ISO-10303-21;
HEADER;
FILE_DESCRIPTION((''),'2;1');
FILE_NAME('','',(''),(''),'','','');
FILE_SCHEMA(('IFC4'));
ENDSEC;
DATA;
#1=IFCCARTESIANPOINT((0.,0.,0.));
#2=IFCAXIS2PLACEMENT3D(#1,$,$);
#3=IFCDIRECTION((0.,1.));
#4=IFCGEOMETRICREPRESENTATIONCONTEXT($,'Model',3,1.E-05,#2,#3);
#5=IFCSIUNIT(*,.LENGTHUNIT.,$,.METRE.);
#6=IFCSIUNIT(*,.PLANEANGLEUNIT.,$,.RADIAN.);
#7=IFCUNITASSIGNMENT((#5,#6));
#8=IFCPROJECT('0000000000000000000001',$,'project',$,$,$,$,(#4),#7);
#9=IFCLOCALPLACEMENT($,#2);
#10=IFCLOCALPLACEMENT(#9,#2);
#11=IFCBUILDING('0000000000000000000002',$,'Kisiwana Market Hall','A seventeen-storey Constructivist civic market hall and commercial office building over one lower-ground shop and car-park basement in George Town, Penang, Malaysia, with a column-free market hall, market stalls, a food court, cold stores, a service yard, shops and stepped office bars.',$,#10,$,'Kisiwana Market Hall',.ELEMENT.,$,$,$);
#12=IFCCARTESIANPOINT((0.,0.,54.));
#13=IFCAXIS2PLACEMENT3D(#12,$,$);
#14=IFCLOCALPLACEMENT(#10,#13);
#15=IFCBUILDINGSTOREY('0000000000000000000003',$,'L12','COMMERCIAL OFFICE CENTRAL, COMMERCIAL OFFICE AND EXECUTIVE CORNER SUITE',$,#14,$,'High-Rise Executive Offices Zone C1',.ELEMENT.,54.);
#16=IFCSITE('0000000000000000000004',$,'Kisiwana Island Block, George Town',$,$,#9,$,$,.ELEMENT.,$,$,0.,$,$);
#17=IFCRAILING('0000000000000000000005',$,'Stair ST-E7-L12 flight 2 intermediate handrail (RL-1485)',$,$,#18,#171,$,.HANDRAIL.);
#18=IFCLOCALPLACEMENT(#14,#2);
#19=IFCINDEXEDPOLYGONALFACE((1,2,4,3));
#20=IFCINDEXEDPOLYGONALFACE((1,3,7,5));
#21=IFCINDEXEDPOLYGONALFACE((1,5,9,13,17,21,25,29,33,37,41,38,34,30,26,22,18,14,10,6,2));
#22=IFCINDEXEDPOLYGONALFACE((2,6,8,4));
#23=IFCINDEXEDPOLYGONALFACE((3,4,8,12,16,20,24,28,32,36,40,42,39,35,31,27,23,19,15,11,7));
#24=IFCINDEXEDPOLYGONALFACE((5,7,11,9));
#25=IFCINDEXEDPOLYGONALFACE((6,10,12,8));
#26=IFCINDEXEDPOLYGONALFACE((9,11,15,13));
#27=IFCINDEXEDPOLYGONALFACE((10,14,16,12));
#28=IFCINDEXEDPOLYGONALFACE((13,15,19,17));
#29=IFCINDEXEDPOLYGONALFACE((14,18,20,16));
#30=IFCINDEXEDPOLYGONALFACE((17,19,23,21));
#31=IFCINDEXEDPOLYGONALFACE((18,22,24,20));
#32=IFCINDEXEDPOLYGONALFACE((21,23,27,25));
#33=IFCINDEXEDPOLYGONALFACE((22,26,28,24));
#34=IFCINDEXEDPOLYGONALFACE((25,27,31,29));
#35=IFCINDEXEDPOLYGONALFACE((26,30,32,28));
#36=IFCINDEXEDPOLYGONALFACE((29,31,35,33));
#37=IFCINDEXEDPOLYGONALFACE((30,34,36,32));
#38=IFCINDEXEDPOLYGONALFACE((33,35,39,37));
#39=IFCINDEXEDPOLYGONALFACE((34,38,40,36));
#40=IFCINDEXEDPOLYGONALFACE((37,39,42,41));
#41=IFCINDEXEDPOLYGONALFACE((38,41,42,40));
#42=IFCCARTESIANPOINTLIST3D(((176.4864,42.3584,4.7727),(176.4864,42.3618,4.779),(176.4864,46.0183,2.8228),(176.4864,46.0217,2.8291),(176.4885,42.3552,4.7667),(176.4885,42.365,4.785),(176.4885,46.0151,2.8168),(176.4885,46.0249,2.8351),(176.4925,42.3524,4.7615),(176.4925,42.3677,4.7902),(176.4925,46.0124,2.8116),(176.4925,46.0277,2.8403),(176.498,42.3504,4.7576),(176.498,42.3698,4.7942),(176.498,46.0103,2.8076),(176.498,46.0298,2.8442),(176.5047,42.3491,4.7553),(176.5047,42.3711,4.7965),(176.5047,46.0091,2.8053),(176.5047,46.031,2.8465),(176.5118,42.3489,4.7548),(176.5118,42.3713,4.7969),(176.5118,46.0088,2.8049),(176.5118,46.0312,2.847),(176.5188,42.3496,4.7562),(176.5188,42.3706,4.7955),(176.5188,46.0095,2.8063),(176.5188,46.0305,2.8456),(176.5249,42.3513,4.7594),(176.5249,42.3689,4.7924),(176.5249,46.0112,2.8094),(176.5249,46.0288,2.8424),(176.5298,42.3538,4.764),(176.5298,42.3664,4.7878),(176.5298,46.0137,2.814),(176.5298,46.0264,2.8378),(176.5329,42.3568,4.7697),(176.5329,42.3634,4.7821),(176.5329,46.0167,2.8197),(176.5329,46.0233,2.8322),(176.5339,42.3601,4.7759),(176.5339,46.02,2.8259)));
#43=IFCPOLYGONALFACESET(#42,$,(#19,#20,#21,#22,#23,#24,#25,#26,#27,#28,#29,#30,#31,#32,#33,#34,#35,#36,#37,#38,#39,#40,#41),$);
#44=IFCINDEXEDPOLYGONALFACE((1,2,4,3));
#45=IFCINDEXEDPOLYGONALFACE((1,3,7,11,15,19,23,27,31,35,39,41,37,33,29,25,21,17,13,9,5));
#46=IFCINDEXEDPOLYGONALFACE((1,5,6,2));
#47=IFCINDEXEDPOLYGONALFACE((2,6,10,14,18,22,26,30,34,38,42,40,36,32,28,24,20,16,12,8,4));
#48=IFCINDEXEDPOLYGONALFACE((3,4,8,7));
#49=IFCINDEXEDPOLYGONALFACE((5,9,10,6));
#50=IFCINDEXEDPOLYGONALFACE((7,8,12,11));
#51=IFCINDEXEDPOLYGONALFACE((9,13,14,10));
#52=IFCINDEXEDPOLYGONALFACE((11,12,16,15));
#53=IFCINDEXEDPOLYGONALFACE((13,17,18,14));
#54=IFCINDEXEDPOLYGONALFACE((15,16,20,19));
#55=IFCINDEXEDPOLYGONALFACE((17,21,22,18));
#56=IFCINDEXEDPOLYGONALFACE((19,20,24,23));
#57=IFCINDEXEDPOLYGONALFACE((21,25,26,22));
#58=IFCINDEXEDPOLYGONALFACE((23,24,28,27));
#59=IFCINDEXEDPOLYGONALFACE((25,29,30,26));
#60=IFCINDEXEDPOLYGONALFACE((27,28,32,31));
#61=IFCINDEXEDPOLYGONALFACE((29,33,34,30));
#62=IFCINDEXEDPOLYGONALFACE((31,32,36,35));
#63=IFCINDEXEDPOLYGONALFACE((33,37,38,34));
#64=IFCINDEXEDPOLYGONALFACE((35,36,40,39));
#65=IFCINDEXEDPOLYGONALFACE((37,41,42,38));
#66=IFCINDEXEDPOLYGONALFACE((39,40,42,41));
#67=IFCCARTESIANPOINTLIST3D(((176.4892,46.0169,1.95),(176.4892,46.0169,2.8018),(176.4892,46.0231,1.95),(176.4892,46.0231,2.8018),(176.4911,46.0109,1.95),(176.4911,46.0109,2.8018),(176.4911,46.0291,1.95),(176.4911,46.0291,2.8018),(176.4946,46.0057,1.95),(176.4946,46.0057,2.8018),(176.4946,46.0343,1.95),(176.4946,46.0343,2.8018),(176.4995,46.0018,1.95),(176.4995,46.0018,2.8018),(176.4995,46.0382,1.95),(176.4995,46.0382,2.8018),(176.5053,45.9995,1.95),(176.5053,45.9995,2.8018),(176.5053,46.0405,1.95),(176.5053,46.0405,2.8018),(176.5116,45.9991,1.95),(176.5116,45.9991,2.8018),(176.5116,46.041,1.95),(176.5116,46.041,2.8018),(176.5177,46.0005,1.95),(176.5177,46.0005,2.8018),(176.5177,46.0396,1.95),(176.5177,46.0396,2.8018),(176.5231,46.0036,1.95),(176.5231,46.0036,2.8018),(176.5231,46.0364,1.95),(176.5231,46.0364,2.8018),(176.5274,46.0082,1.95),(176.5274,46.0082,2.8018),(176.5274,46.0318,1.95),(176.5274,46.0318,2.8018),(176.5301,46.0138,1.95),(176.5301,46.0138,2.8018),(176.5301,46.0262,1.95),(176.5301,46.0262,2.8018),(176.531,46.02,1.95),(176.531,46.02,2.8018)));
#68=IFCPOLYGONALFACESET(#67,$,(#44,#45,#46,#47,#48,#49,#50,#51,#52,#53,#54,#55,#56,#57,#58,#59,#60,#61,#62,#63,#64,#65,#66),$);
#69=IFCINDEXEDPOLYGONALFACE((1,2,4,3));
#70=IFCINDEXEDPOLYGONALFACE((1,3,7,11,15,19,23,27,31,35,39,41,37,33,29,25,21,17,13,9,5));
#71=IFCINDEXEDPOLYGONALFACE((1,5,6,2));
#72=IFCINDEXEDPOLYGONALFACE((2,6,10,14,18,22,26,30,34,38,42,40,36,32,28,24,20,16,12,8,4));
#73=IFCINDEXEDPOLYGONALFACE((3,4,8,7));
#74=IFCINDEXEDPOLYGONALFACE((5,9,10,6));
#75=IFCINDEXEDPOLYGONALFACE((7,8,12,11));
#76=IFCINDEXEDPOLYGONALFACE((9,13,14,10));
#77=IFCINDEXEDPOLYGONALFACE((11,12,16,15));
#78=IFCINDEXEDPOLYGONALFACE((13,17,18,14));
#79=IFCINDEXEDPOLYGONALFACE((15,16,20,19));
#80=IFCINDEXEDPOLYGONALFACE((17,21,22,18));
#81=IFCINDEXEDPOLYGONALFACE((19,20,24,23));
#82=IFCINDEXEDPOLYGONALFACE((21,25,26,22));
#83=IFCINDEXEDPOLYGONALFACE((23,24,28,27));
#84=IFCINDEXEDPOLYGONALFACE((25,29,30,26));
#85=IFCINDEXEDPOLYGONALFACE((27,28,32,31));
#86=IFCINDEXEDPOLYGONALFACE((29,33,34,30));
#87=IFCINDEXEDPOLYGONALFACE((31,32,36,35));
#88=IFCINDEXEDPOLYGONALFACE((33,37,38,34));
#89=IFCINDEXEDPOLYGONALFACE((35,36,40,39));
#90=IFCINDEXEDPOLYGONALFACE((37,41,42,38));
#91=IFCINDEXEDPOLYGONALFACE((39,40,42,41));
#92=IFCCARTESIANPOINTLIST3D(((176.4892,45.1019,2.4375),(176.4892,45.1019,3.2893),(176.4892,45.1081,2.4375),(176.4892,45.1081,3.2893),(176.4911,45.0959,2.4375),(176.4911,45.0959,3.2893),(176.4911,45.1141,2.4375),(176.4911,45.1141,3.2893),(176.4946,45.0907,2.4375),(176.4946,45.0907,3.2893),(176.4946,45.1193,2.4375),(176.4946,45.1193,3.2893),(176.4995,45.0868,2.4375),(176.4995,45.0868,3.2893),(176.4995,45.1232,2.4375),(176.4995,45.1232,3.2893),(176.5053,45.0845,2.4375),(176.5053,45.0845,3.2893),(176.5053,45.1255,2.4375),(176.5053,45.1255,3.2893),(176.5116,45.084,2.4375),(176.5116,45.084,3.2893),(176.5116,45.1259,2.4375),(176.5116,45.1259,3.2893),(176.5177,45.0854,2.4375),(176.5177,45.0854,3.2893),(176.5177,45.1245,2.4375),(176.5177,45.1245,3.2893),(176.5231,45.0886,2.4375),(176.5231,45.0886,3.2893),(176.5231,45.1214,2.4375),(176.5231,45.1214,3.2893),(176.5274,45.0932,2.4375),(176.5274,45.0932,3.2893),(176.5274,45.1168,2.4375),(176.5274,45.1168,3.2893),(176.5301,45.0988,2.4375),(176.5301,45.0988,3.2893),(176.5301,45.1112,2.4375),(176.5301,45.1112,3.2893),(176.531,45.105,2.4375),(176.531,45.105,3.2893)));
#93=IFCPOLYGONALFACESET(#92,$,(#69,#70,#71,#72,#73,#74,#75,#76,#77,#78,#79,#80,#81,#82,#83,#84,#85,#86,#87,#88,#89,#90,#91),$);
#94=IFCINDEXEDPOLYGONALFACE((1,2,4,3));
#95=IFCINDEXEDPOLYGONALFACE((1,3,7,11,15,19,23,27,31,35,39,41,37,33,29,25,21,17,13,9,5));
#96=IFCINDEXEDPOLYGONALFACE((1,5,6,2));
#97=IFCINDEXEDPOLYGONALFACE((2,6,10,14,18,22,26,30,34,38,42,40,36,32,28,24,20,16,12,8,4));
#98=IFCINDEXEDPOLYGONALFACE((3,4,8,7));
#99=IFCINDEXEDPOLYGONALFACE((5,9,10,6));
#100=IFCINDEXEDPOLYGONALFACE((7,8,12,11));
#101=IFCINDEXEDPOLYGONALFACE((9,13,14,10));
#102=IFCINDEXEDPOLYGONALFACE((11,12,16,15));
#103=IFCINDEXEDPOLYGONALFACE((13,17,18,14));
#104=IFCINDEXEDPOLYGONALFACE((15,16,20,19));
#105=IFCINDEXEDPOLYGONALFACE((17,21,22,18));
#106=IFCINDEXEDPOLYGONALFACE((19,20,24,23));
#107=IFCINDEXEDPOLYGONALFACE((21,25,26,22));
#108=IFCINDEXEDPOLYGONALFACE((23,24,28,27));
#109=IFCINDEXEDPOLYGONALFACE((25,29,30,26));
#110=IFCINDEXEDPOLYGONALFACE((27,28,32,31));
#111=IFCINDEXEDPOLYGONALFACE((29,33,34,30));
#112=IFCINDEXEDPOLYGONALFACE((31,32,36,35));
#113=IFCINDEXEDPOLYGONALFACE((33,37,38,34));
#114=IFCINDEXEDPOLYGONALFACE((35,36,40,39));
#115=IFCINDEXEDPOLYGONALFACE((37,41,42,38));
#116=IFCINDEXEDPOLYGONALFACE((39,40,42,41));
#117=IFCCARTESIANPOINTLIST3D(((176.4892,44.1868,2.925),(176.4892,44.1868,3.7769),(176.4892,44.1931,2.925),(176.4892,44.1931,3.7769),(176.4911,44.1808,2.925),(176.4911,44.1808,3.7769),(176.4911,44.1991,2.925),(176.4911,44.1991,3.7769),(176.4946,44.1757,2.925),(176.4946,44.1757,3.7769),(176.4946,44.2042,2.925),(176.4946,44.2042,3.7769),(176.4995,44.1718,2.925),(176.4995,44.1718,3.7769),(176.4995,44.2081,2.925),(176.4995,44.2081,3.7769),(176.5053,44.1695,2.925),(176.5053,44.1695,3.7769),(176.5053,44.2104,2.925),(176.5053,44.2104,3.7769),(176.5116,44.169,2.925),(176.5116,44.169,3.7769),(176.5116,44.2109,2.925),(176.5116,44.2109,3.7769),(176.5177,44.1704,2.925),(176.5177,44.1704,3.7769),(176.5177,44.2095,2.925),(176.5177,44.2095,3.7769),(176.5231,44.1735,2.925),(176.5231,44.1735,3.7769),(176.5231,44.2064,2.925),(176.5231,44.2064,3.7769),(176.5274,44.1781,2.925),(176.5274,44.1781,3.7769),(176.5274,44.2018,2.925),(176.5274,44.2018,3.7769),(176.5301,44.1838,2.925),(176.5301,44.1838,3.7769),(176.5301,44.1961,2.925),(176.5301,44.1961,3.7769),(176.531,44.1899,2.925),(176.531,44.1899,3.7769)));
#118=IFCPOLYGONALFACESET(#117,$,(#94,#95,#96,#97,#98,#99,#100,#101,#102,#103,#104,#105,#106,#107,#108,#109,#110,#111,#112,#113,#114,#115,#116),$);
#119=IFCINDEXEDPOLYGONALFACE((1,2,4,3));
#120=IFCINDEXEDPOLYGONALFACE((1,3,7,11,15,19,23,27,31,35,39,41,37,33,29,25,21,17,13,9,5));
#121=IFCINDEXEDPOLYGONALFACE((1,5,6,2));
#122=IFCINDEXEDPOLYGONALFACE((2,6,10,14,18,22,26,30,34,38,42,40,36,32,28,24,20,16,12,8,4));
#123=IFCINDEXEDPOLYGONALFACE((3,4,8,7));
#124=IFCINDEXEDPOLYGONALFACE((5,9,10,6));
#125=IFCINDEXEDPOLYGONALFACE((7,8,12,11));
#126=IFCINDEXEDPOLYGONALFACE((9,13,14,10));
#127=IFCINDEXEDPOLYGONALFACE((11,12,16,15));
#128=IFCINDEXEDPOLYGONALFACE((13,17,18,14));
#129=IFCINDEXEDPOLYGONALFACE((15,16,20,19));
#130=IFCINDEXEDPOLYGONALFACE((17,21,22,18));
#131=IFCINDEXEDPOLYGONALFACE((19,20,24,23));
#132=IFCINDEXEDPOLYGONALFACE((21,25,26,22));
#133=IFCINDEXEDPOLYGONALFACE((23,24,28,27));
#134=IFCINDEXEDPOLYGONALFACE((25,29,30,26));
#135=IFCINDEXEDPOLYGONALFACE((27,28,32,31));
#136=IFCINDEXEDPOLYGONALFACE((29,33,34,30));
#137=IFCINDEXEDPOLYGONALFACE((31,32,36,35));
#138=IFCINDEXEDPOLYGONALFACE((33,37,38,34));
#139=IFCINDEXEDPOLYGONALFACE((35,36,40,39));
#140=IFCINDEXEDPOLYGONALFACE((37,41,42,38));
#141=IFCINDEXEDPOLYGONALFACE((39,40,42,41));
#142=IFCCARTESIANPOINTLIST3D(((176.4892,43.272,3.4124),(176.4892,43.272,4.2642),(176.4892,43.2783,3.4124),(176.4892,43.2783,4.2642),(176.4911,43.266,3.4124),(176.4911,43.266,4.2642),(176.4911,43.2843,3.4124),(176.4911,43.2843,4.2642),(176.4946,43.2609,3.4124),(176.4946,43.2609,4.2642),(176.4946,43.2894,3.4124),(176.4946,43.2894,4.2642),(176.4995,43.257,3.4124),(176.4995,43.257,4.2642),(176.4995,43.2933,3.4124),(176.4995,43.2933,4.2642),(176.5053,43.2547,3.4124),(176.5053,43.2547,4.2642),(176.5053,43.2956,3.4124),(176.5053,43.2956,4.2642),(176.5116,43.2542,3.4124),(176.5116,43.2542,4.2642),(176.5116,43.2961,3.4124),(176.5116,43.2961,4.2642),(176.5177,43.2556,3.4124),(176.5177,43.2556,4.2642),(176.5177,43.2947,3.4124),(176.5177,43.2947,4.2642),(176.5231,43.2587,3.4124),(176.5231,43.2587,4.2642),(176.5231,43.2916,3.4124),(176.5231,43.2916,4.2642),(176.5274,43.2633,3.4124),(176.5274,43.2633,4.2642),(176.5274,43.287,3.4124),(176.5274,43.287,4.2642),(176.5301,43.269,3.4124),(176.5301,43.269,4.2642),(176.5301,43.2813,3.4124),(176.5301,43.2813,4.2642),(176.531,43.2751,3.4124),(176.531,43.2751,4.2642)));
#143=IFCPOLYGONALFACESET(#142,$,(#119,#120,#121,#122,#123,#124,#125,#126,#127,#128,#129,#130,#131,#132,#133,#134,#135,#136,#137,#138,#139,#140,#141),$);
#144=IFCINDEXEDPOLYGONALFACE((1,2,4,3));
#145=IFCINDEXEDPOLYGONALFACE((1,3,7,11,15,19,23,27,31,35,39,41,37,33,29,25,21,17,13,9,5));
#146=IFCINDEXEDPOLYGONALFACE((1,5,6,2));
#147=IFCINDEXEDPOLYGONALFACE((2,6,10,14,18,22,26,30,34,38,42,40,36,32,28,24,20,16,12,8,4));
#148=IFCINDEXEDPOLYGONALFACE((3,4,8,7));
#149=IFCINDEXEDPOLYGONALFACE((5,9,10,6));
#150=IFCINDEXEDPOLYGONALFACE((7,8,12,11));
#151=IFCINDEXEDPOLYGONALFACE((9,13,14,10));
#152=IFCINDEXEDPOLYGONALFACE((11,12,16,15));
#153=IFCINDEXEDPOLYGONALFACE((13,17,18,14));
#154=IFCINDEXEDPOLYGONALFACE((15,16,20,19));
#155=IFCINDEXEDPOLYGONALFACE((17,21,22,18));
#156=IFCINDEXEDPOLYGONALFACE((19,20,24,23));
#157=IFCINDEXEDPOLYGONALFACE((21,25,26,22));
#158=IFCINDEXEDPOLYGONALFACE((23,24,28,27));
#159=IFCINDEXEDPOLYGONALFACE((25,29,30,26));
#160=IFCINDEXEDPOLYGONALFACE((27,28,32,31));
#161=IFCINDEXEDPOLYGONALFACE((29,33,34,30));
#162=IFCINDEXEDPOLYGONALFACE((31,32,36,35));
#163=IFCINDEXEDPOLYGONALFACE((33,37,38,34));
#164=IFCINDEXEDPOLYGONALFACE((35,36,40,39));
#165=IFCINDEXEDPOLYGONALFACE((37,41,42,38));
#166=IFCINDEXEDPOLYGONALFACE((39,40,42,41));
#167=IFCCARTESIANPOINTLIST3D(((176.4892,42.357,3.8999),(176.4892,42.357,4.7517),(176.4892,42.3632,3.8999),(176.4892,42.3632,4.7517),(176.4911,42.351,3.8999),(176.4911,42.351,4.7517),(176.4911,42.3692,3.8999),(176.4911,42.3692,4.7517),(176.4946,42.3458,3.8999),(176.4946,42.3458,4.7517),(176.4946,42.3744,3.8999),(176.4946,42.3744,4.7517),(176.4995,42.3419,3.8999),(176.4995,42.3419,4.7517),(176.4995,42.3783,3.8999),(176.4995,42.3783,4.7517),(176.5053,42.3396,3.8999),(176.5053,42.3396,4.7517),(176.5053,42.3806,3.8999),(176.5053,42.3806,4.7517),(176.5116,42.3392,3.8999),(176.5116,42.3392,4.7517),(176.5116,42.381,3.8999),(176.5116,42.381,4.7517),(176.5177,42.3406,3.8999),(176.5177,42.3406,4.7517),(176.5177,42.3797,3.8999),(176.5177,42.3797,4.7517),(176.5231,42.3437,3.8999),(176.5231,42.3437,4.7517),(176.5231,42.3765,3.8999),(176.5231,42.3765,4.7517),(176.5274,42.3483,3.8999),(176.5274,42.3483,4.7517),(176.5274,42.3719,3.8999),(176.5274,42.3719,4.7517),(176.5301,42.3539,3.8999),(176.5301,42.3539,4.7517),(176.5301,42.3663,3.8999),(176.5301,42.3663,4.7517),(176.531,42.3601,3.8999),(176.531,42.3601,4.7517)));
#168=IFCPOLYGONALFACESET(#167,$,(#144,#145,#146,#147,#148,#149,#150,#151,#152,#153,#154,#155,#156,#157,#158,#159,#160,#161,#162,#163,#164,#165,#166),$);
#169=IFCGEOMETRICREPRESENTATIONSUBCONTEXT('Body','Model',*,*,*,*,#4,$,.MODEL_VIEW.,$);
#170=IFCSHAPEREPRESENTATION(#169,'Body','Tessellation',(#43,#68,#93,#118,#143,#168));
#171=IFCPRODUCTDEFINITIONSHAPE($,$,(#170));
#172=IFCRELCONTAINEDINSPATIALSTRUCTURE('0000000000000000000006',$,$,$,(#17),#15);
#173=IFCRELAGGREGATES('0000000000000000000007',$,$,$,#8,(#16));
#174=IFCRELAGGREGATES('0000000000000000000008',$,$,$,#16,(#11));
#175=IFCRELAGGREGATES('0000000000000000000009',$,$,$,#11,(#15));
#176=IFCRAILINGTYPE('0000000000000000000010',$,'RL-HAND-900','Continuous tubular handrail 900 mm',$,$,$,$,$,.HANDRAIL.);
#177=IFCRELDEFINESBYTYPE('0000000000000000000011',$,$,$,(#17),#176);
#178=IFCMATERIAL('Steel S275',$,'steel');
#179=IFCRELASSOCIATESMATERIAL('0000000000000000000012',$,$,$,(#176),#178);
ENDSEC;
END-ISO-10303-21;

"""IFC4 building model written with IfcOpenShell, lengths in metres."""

from ifc_helpers import new_model, si_unit, direction, frame, origin, origin_2d, place, context, subcontext, project, spatial, circle, extrude, material, type_object, element, save


model = new_model("IFC4")

# Units and contexts
model_context = context("Model", 3, precision=1e-05, world=origin(), true_north=direction((0.0, 1.0)))
body_context = subcontext(model_context, "Body", "Model", "MODEL_VIEW")
ifc_project = project(units=[si_unit("LENGTHUNIT", "METRE"), si_unit("PLANEANGLEUNIT", "RADIAN")], contexts=[model_context])

# Site, building, storey
site_placement = place(None, origin())
site = spatial("IfcSite", under=ifc_project, at=site_placement, Name="Kisiwana Island Block, George Town", CompositionType="ELEMENT", RefElevation=0.0)
building_placement = place(site_placement, origin())
building = spatial("IfcBuilding", under=site, at=building_placement, Name="Kisiwana Market Hall", Description="A seventeen-storey Constructivist civic market hall and commercial office building over one lower-ground shop and car-park basement in George Town, Penang, Malaysia, with a column-free market hall, market stalls, a food court, cold stores, a service yard, shops and stepped office bars.", LongName="Kisiwana Market Hall", CompositionType="ELEMENT")
storey_placement = place(building_placement, frame((0.0, 0.0, 54.0)))
storey = spatial("IfcBuildingStorey", under=building, at=storey_placement, Name="L12", Description="COMMERCIAL OFFICE CENTRAL, COMMERCIAL OFFICE AND EXECUTIVE CORNER SUITE", LongName="High-Rise Executive Offices Zone C1", CompositionType="ELEMENT", Elevation=54.0)

# Railing
ifc_material_1 = material(Name="Steel S275", Category="steel")
railing_type_1 = type_object("IfcRailingType", Name="RL-HAND-900", Description="Continuous tubular handrail 900 mm", PredefinedType="HANDRAIL", material=ifc_material_1)
railing_1_placement = place(storey_placement, frame((176.51, 46.02, 1.95)))
element("IfcRailing", 1, at=railing_1_placement, inside=storey, type_object=railing_type_1, Name="Stair ST-E7-L12 flight 2 intermediate handrail (RL-1485)", PredefinedType="HANDRAIL", context=body_context, shape_type="SweptSolid", body=[
    extrude(circle(Radius=0.0239, at=origin_2d()), frame((0.0, 0.0, 0.876), z_axis=(0.0, -0.882553, 0.470212), x_axis=(1.0, 0.0, 0.0)), (0.0, 0.0, 1.0), 4.147),
    extrude(circle(Radius=0.021, at=origin_2d()), origin(), (0.0, 0.0, 1.0), 0.8518),
    extrude(circle(Radius=0.021, at=origin_2d()), frame((0.0, -0.915, 0.4875)), (0.0, 0.0, 1.0), 0.8518),
    extrude(circle(Radius=0.021, at=origin_2d()), frame((0.0, -1.8301, 0.9751)), (0.0, 0.0, 1.0), 0.8518),
    extrude(circle(Radius=0.021, at=origin_2d()), frame((0.0, -2.7449, 1.4624)), (0.0, 0.0, 1.0), 0.8518),
    extrude(circle(Radius=0.021, at=origin_2d()), frame((0.0, -3.6599, 1.95)), (0.0, 0.0, 1.0), 0.8518),
])

save(model, "model.ifc")
